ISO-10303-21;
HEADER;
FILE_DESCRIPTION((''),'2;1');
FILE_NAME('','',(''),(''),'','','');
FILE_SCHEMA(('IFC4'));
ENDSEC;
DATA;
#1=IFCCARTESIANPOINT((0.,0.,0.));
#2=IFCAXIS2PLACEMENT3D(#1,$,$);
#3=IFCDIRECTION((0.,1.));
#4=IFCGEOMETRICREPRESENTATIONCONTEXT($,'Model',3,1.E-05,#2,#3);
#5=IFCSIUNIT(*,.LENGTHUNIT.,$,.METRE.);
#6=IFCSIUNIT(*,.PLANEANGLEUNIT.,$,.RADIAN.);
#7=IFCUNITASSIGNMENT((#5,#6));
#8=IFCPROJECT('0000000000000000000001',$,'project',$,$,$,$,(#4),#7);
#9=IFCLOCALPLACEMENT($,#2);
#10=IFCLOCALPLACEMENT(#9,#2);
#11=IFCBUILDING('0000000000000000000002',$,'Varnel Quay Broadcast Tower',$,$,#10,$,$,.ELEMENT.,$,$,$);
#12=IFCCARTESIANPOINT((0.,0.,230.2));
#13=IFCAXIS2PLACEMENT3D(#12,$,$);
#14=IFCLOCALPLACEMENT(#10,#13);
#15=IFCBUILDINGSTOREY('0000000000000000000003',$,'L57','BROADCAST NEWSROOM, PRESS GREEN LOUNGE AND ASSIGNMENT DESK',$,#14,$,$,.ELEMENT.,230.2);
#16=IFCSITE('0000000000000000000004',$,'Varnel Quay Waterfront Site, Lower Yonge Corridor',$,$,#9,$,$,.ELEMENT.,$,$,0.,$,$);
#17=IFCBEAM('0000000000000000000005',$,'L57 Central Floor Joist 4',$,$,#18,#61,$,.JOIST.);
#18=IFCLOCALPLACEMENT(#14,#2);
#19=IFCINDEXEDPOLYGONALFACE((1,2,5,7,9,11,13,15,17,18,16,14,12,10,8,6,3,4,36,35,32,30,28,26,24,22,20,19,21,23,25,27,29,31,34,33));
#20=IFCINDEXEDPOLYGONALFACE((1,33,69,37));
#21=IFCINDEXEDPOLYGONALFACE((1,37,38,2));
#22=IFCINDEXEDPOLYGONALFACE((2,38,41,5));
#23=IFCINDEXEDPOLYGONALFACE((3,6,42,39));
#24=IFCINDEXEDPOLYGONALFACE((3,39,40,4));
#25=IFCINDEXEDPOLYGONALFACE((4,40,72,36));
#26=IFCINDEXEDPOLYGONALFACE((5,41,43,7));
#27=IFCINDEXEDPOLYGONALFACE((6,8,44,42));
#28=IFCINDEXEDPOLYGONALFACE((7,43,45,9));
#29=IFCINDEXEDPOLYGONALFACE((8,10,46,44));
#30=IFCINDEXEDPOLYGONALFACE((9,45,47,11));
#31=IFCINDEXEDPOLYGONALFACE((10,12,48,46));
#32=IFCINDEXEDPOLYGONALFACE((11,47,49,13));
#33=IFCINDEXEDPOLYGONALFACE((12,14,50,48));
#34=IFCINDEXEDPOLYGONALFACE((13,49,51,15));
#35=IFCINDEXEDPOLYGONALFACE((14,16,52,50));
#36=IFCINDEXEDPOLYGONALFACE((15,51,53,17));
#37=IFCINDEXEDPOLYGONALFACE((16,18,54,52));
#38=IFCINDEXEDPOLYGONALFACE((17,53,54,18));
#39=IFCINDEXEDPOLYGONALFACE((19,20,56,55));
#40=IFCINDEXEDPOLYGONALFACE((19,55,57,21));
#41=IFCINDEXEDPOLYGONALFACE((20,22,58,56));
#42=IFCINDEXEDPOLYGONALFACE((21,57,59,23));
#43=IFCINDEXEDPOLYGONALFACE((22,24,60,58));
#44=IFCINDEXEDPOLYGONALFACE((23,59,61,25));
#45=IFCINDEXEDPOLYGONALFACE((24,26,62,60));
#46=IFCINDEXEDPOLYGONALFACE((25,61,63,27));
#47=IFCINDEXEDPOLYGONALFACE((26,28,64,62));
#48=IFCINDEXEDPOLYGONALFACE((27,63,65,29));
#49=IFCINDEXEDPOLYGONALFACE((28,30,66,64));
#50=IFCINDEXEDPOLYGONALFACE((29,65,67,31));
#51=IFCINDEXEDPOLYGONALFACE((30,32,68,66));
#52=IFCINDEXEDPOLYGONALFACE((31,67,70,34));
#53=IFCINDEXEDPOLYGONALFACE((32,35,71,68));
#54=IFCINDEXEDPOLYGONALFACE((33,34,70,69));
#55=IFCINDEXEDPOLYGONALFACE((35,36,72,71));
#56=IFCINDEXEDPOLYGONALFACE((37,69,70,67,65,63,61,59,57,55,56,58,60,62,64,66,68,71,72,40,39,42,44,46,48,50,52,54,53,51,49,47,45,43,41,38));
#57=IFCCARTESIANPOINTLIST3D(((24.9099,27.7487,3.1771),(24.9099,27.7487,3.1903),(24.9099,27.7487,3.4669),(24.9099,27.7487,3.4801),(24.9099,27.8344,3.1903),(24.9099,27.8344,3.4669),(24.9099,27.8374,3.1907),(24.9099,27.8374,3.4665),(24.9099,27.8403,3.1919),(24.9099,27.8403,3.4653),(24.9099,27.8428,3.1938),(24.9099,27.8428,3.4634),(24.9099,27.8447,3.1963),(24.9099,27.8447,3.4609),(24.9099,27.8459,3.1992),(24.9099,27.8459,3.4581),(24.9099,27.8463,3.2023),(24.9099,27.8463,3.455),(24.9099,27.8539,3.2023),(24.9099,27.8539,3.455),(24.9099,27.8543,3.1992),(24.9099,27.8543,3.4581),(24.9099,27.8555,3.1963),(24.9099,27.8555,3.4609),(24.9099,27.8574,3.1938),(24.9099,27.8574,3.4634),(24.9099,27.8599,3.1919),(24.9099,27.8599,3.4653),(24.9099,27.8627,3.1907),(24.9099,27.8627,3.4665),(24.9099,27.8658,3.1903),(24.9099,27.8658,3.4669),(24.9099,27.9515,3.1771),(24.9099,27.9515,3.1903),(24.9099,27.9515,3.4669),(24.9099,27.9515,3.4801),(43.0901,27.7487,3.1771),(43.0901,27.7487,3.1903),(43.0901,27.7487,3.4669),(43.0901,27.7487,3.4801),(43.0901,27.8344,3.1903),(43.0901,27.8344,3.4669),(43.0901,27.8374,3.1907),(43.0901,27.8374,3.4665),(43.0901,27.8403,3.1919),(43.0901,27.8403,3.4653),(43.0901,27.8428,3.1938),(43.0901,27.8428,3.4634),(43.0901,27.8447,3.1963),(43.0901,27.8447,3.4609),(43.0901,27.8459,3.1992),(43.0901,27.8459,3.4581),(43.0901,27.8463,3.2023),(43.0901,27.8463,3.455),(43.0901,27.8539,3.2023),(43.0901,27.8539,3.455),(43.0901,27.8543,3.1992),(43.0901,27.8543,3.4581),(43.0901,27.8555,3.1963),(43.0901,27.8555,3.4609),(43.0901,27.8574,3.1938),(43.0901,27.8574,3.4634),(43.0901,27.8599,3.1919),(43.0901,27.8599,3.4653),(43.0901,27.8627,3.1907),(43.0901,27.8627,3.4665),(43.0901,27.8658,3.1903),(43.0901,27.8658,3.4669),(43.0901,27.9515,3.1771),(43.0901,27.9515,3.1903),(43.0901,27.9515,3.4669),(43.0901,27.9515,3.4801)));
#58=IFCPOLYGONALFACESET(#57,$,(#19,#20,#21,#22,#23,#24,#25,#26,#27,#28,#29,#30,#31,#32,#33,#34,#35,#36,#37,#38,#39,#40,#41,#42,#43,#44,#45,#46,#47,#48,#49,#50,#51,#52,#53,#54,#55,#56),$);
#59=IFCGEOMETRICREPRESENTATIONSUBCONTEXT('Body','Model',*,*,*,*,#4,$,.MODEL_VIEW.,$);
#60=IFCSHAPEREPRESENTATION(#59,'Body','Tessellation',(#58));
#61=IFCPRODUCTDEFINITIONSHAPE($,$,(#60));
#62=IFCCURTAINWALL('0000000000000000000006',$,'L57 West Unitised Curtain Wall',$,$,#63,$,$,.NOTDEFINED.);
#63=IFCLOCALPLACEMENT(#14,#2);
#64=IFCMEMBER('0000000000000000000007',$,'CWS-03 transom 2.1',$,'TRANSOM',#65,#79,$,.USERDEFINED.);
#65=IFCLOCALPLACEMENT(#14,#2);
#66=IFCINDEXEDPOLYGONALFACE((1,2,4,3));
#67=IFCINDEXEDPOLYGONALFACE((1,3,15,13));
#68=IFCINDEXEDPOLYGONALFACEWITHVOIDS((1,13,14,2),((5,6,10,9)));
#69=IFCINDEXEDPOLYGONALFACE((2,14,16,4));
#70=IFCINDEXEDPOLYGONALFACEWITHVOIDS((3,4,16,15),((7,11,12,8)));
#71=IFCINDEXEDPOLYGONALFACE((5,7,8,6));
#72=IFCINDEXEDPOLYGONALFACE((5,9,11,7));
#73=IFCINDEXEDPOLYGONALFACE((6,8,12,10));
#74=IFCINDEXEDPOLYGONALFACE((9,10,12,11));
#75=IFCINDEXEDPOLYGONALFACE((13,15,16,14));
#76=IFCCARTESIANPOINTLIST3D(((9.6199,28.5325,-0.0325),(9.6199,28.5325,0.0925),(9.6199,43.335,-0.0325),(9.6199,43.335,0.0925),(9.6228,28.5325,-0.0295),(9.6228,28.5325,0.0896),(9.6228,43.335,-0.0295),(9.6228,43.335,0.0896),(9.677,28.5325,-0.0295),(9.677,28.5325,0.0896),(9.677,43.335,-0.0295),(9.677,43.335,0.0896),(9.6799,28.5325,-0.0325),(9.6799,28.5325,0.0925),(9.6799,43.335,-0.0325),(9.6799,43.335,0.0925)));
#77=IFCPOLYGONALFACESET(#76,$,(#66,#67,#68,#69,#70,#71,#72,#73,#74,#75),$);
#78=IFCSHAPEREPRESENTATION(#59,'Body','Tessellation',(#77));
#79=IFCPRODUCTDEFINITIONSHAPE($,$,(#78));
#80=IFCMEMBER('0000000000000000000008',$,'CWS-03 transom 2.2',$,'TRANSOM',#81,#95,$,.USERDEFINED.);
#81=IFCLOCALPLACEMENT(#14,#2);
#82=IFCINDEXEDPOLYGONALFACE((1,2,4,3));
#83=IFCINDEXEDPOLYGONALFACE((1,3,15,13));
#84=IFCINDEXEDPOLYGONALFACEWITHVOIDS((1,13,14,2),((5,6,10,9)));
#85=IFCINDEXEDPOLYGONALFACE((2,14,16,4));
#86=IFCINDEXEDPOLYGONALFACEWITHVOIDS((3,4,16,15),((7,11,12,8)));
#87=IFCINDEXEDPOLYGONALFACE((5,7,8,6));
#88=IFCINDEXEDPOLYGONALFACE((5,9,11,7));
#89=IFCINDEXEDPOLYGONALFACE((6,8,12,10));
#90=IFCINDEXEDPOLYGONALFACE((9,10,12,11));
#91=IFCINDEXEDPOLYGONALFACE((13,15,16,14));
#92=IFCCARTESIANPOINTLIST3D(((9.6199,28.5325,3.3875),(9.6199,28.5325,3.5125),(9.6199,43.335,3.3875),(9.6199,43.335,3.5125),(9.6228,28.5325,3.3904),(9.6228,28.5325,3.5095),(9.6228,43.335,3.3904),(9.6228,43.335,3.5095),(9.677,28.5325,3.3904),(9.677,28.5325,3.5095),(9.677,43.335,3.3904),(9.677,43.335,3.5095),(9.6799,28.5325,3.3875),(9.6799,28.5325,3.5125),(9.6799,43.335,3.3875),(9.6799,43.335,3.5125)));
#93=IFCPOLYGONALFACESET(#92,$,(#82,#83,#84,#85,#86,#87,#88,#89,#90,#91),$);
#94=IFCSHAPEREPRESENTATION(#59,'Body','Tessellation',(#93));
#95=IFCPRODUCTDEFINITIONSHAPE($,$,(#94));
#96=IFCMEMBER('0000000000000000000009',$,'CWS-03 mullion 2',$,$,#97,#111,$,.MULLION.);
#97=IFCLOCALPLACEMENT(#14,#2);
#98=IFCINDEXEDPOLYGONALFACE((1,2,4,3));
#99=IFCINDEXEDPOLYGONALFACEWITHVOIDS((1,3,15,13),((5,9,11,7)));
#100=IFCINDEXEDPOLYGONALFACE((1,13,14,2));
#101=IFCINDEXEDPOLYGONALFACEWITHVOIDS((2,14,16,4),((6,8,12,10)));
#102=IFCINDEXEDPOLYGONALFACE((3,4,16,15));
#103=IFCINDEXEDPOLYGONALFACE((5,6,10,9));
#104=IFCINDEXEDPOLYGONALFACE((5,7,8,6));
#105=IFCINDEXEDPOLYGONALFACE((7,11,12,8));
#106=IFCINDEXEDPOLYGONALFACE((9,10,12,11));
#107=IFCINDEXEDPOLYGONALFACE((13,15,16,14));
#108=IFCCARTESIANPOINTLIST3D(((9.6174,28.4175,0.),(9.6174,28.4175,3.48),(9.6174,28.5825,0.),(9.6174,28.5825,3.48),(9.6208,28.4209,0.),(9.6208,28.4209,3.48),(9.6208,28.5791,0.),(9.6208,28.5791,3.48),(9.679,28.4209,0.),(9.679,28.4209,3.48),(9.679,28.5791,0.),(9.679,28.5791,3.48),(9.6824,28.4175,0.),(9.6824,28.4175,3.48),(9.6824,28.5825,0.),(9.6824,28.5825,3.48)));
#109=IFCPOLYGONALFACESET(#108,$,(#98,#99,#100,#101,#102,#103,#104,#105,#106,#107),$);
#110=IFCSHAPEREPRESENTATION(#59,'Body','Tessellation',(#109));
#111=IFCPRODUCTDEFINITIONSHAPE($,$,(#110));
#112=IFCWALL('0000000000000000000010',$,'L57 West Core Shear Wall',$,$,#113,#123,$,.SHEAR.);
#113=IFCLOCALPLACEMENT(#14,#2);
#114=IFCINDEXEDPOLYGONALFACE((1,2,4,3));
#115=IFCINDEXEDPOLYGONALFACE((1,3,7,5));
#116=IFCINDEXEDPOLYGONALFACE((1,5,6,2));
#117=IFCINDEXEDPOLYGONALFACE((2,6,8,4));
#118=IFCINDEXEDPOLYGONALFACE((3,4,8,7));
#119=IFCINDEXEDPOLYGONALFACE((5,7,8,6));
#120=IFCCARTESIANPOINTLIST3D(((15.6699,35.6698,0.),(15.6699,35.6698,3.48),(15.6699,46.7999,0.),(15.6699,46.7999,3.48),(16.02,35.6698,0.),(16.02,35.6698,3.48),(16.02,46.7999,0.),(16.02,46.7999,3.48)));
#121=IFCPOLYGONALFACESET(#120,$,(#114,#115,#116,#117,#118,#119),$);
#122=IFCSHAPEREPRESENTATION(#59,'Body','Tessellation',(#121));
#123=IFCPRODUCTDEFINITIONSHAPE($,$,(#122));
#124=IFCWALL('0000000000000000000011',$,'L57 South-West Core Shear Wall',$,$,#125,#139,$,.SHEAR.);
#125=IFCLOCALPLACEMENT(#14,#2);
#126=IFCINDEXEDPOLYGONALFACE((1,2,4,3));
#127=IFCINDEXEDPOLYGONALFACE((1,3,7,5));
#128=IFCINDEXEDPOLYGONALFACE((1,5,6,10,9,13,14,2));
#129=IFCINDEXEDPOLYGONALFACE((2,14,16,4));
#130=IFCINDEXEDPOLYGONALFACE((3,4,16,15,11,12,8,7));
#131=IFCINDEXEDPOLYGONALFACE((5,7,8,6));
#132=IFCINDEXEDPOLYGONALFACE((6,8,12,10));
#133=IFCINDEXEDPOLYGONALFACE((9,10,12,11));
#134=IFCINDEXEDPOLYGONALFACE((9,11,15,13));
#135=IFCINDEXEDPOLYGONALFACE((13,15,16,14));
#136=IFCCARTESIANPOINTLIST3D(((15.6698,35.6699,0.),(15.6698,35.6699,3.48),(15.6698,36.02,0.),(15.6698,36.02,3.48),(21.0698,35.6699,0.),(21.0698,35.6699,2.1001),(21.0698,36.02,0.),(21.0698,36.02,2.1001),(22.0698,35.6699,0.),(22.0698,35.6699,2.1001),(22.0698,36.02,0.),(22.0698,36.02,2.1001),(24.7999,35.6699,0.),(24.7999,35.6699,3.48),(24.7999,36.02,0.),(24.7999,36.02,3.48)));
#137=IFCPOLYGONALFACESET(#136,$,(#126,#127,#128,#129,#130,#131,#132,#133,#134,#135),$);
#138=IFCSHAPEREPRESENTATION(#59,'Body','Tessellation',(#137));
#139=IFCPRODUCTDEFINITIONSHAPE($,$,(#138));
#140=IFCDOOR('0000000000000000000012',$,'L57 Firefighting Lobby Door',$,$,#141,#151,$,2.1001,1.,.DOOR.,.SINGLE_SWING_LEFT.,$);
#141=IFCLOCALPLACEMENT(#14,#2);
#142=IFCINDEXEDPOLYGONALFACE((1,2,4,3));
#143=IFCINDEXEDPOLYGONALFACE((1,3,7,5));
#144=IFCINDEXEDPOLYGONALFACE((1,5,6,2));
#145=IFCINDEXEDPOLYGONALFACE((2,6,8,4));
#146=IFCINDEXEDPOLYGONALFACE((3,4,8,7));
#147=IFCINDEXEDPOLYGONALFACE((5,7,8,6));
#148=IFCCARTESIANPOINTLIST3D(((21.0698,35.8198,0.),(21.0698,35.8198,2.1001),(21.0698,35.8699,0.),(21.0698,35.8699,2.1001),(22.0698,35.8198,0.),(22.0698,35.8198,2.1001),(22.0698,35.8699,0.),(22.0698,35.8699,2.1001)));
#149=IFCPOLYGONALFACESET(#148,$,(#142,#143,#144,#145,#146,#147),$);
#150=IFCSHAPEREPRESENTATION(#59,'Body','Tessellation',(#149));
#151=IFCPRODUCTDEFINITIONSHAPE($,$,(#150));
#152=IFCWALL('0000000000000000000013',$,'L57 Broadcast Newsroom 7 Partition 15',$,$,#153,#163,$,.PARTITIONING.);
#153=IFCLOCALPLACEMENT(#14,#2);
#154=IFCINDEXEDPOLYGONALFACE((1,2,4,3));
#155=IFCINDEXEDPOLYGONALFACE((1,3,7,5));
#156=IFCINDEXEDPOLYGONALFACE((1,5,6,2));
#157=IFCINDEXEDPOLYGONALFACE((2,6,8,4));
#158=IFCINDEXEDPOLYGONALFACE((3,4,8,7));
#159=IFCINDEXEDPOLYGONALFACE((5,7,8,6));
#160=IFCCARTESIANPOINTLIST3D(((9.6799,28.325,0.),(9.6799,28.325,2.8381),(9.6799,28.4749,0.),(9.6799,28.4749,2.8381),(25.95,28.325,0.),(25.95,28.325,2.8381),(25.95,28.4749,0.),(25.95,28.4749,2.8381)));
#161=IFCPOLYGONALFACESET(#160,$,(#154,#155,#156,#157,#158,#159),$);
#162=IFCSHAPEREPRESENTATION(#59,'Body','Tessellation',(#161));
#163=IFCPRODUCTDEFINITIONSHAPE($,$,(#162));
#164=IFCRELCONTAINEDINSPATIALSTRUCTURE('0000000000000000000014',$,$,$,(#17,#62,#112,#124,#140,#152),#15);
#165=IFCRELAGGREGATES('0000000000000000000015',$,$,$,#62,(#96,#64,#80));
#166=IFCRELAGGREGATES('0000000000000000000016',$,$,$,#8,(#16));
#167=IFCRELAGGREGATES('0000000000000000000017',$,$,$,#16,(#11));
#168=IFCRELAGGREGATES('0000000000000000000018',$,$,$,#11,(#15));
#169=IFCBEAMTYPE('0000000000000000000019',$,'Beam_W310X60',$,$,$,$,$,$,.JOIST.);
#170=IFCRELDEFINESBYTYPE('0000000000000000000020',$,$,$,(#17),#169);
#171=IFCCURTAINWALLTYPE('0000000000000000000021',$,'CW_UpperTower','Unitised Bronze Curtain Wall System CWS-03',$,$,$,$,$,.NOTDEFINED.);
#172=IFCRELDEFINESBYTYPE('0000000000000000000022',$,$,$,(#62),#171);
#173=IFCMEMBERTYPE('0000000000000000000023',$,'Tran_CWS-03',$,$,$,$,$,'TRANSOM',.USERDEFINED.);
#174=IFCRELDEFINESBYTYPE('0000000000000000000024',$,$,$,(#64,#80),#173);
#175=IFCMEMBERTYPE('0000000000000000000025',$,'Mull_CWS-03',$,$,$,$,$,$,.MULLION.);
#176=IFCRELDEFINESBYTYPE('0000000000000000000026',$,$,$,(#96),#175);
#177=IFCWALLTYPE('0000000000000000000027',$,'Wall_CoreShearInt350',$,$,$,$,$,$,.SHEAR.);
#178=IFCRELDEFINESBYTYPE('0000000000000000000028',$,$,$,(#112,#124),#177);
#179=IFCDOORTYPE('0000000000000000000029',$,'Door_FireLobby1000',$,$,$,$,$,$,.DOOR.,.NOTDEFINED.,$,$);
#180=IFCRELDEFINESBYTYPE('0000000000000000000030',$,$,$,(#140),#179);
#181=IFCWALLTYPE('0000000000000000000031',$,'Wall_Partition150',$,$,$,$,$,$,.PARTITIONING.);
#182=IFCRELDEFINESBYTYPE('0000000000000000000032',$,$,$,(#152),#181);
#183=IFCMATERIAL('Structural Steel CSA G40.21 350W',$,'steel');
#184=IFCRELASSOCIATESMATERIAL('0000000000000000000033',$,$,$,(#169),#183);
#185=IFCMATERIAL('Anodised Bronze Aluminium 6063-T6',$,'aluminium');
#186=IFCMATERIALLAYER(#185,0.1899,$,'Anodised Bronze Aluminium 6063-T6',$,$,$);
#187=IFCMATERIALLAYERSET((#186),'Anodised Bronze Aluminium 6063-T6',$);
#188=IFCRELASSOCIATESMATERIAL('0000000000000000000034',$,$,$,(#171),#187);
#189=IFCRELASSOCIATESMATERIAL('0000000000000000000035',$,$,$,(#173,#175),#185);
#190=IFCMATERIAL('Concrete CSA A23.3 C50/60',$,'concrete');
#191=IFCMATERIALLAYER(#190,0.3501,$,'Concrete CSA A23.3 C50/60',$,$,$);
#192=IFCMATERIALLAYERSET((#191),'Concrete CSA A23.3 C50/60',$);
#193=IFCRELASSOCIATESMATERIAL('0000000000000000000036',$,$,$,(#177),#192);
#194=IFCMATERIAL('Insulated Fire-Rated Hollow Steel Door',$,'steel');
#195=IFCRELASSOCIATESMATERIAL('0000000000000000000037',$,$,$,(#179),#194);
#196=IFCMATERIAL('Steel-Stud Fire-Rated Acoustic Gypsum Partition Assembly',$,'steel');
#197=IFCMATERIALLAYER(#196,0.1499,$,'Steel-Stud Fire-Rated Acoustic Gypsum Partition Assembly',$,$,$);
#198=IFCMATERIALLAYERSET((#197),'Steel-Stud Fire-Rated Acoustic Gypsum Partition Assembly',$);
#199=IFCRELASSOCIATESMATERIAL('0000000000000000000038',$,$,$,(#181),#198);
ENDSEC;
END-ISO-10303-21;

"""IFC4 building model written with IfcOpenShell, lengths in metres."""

from ifc_helpers import new_model, si_unit, direction, frame, frame_2d, origin, origin_2d, place, context, subcontext, project, spatial, rectangle, hollow_rectangle, i_section, extrude, source, transform, mapped, material, layer, layer_set, material_profile, profile_set, type_object, type_shapes, element, fill, aggregate, save


model = new_model("IFC4")

# Units and contexts
model_context = context("Model", 3, precision=1e-05, world=origin(), true_north=direction((0.0, 1.0)))
body_context = subcontext(model_context, "Body", "Model", "MODEL_VIEW")
ifc_project = project(units=[si_unit("LENGTHUNIT", "METRE"), si_unit("PLANEANGLEUNIT", "RADIAN")], contexts=[model_context])

# Site, building, storey
site_placement = place(None, origin())
site = spatial("IfcSite", under=ifc_project, at=site_placement, Name="Varnel Quay Waterfront Site, Lower Yonge Corridor", CompositionType="ELEMENT", RefElevation=0.0)
building_placement = place(site_placement, origin())
building = spatial("IfcBuilding", under=site, at=building_placement, Name="Varnel Quay Broadcast Tower", CompositionType="ELEMENT")
storey_placement = place(building_placement, frame((0.0, 0.0, 230.2)))
storey = spatial("IfcBuildingStorey", under=building, at=storey_placement, Name="L57", Description="BROADCAST NEWSROOM, PRESS GREEN LOUNGE AND ASSIGNMENT DESK", CompositionType="ELEMENT", Elevation=230.2)

# Shared definitions
ifc_material_1 = material(Name="Structural Steel CSA G40.21 350W", Category="steel")

# Beam
ifc_material_2 = material(Name="Concrete CSA A23.3 C50/60", Category="concrete")
ifc_material_profile_1 = material_profile(ifc_material_1, i_section(OverallWidth=0.2029, OverallDepth=0.303, WebThickness=0.0076, FlangeThickness=0.0132, FilletRadius=0.012, at=origin_2d()), Name="W310X60")
ifc_profile_set_1 = profile_set([ifc_material_profile_1], Name="Structural Steel CSA G40.21 350W")
beam_type_1 = type_object("IfcBeamType", Name="Beam_W310X60", PredefinedType="JOIST", material=ifc_profile_set_1)
shared_shape_1 = source(origin(), body_context, "Body", "SweptSolid", [
    extrude(i_section(OverallWidth=0.2029, OverallDepth=0.303, WebThickness=0.0076, FlangeThickness=0.0132, FilletRadius=0.012, at=origin_2d()), origin(), (0.0, 0.0, 1.0), 18.1802),
])
type_shapes(beam_type_1, [shared_shape_1])
beam_1_placement = place(storey_placement, frame((24.9099, 27.8501, 3.3286), z_axis=(1.0, 0.0, 0.0), x_axis=(0.0, 1.0, 0.0)))
element("IfcBeam", 1, at=beam_1_placement, inside=storey, type_object=beam_type_1, Name="L57 Central Floor Joist 4", PredefinedType="JOIST", context=body_context, shape_type="MappedRepresentation", body=[
    mapped(shared_shape_1, transform((0.0, 0.0, 0.0), x_axis=(1.0, 0.0, 0.0), y_axis=(0.0, 1.0, 0.0), z_axis=(0.0, 0.0, 1.0), scale=1.0)),
])

# Curtain wall, members
ifc_material_3 = material(Name="Anodised Bronze Aluminium 6063-T6", Category="aluminium")
ifc_layer_1 = layer(ifc_material_3, 0.1899, Name="Anodised Bronze Aluminium 6063-T6")
ifc_layer_set_1 = layer_set([ifc_layer_1], Name="Anodised Bronze Aluminium 6063-T6")
curtain_wall_type = type_object("IfcCurtainWallType", Name="CW_UpperTower", Description="Unitised Bronze Curtain Wall System CWS-03", PredefinedType="NOTDEFINED", material=ifc_layer_set_1)
curtain_wall_placement = place(storey_placement, origin())
curtain_wall = element("IfcCurtainWall", 2, at=curtain_wall_placement, inside=storey, type_object=curtain_wall_type, Name="L57 West Unitised Curtain Wall", PredefinedType="NOTDEFINED")
ifc_material_profile_2 = material_profile(ifc_material_3, hollow_rectangle(XDim=0.0601, YDim=0.125, WallThickness=0.0029, at=origin_2d()), Name="ALU60X125X3")
ifc_profile_set_2 = profile_set([ifc_material_profile_2], Name="Anodised Bronze Aluminium 6063-T6")
member_type_1 = type_object("IfcMemberType", Name="Tran_CWS-03", ElementType="TRANSOM", PredefinedType="USERDEFINED", material=ifc_profile_set_2)
shared_shape_2 = source(origin(), body_context, "Body", "SweptSolid", [
    extrude(hollow_rectangle(XDim=0.0601, YDim=0.125, WallThickness=0.0029, at=origin_2d()), origin(), (0.0, 0.0, 1.0), 14.8025),
])
type_shapes(member_type_1, [shared_shape_2])
member_1_placement = place(storey_placement, frame((9.6499, 28.5325, 0.03), z_axis=(0.0, 1.0, 0.0), x_axis=(-1.0, 0.0, 0.0)))
member_1 = element("IfcMember", 3, at=member_1_placement, type_object=member_type_1, Name="CWS-03 transom 2.1", ObjectType="TRANSOM", PredefinedType="USERDEFINED", context=body_context, shape_type="MappedRepresentation", body=[
    mapped(shared_shape_2, transform((0.0, 0.0, 0.0), x_axis=(1.0, 0.0, 0.0), y_axis=(0.0, 1.0, 0.0), z_axis=(0.0, 0.0, 1.0), scale=1.0)),
])
member_2_placement = place(storey_placement, frame((9.6499, 28.5325, 3.45), z_axis=(0.0, 1.0, 0.0), x_axis=(-1.0, 0.0, 0.0)))
member_2 = element("IfcMember", 4, at=member_2_placement, type_object=member_type_1, Name="CWS-03 transom 2.2", ObjectType="TRANSOM", PredefinedType="USERDEFINED", context=body_context, shape_type="MappedRepresentation", body=[
    mapped(shared_shape_2, transform((0.0, 0.0, 0.0), x_axis=(1.0, 0.0, 0.0), y_axis=(0.0, 1.0, 0.0), z_axis=(0.0, 0.0, 1.0), scale=1.0)),
])
ifc_material_profile_3 = material_profile(ifc_material_3, hollow_rectangle(XDim=0.0649, YDim=0.165, WallThickness=0.0034, at=origin_2d()), Name="ALU65X165X3.5")
ifc_profile_set_3 = profile_set([ifc_material_profile_3], Name="Anodised Bronze Aluminium 6063-T6")
member_type_2 = type_object("IfcMemberType", Name="Mull_CWS-03", PredefinedType="MULLION", material=ifc_profile_set_3)
shared_shape_3 = source(origin(), body_context, "Body", "SweptSolid", [
    extrude(hollow_rectangle(XDim=0.0649, YDim=0.165, WallThickness=0.0034, at=origin_2d()), origin(), (0.0, 0.0, 1.0), 3.48),
])
type_shapes(member_type_2, [shared_shape_3])
member_3_placement = place(storey_placement, frame((9.6499, 28.5, 0.0), z_axis=(0.0, 0.0, 1.0), x_axis=(-1.0, 0.0, 0.0)))
member_3 = element("IfcMember", 5, at=member_3_placement, type_object=member_type_2, Name="CWS-03 mullion 2", PredefinedType="MULLION", context=body_context, shape_type="MappedRepresentation", body=[
    mapped(shared_shape_3, transform((0.0, 0.0, 0.0), x_axis=(1.0, 0.0, 0.0), y_axis=(0.0, 1.0, 0.0), z_axis=(0.0, 0.0, 1.0), scale=1.0)),
])
aggregate(curtain_wall, [member_3, member_1, member_2])

# Wall
ifc_layer_2 = layer(ifc_material_2, 0.3501, Name="Concrete CSA A23.3 C50/60")
ifc_layer_set_2 = layer_set([ifc_layer_2], Name="Concrete CSA A23.3 C50/60")
wall_type_1 = type_object("IfcWallType", Name="Wall_CoreShearInt350", PredefinedType="SHEAR", material=ifc_layer_set_2)
wall_1_placement = place(storey_placement, frame((15.845, 35.6699, 0.0), z_axis=(0.0, 0.0, 1.0), x_axis=(0.0, 1.0, 0.0)))
element("IfcWall", 6, at=wall_1_placement, inside=storey, type_object=wall_type_1, Name="L57 West Core Shear Wall", PredefinedType="SHEAR", context=body_context, shape_type="SweptSolid", body=[
    extrude(rectangle(XDim=11.1301, YDim=0.3501, at=frame_2d((5.5649, 0.0))), origin(), (0.0, 0.0, 1.0), 3.48),
])

# Wall, opening, door
wall_2_placement = place(storey_placement, frame((15.6699, 35.845, 0.0), z_axis=(0.0, 0.0, 1.0), x_axis=(1.0, 0.0, 0.0)))
wall_2 = element("IfcWall", 7, at=wall_2_placement, inside=storey, type_object=wall_type_1, Name="L57 South-West Core Shear Wall", PredefinedType="SHEAR", context=body_context, shape_type="SweptSolid", body=[
    extrude(rectangle(XDim=9.1301, YDim=0.3501, at=frame_2d((4.5649, 0.0))), origin(), (0.0, 0.0, 1.0), 3.48),
])
opening_1_placement = place(wall_2_placement, frame((5.3999, 0.0, 0.0)))
opening_1 = element("IfcOpeningElement", 8, at=opening_1_placement, cuts=wall_2, PredefinedType="OPENING", context=body_context, shape_type="SweptSolid", body=[
    extrude(rectangle(XDim=1.0, YDim=2.1001, at=frame_2d((0.5, 1.05))), frame((0.0, 0.1851, 0.0), z_axis=(0.0, -1.0, 0.0), x_axis=(1.0, 0.0, 0.0)), (0.0, 0.0, 1.0), 0.3701),
])
ifc_material_4 = material(Name="Insulated Fire-Rated Hollow Steel Door", Category="steel")
door_type_1 = type_object("IfcDoorType", Name="Door_FireLobby1000", OperationType="NOTDEFINED", PredefinedType="DOOR", material=ifc_material_4)
shared_shape_4 = source(origin(), body_context, "Body", "SweptSolid", [
    extrude(rectangle(XDim=1.0, YDim=2.1001, at=frame_2d((0.5, 1.05))), frame((0.0, 0.0249, 0.0), z_axis=(0.0, -1.0, 0.0), x_axis=(1.0, 0.0, 0.0)), (0.0, 0.0, 1.0), 0.05),
])
type_shapes(door_type_1, [shared_shape_4])
door_1_placement = place(opening_1_placement, origin())
door_1 = element("IfcDoor", 9, at=door_1_placement, inside=storey, type_object=door_type_1, Name="L57 Firefighting Lobby Door", OperationType="SINGLE_SWING_LEFT", OverallHeight=2.1001, OverallWidth=1.0, PredefinedType="DOOR", context=body_context, shape_type="MappedRepresentation", body=[
    mapped(shared_shape_4, transform((0.0, 0.0, 0.0), x_axis=(1.0, 0.0, 0.0), y_axis=(0.0, 1.0, 0.0), z_axis=(0.0, 0.0, 1.0), scale=1.0)),
])
fill(opening_1, door_1)

# Wall
ifc_material_5 = material(Name="Steel-Stud Fire-Rated Acoustic Gypsum Partition Assembly", Category="steel")
ifc_layer_3 = layer(ifc_material_5, 0.1499, Name="Steel-Stud Fire-Rated Acoustic Gypsum Partition Assembly")
ifc_layer_set_3 = layer_set([ifc_layer_3], Name="Steel-Stud Fire-Rated Acoustic Gypsum Partition Assembly")
wall_type_2 = type_object("IfcWallType", Name="Wall_Partition150", PredefinedType="PARTITIONING", material=ifc_layer_set_3)
wall_3_placement = place(storey_placement, frame((9.6799, 28.3999, 0.0), z_axis=(0.0, 0.0, 1.0), x_axis=(1.0, 0.0, 0.0)))
element("IfcWall", 10, at=wall_3_placement, inside=storey, type_object=wall_type_2, Name="L57 Broadcast Newsroom 7 Partition 15", PredefinedType="PARTITIONING", context=body_context, shape_type="SweptSolid", body=[
    extrude(rectangle(XDim=16.27, YDim=0.1499, at=frame_2d((8.135, 0.0))), origin(), (0.0, 0.0, 1.0), 2.8381),
])

save(model, "model.ifc")
